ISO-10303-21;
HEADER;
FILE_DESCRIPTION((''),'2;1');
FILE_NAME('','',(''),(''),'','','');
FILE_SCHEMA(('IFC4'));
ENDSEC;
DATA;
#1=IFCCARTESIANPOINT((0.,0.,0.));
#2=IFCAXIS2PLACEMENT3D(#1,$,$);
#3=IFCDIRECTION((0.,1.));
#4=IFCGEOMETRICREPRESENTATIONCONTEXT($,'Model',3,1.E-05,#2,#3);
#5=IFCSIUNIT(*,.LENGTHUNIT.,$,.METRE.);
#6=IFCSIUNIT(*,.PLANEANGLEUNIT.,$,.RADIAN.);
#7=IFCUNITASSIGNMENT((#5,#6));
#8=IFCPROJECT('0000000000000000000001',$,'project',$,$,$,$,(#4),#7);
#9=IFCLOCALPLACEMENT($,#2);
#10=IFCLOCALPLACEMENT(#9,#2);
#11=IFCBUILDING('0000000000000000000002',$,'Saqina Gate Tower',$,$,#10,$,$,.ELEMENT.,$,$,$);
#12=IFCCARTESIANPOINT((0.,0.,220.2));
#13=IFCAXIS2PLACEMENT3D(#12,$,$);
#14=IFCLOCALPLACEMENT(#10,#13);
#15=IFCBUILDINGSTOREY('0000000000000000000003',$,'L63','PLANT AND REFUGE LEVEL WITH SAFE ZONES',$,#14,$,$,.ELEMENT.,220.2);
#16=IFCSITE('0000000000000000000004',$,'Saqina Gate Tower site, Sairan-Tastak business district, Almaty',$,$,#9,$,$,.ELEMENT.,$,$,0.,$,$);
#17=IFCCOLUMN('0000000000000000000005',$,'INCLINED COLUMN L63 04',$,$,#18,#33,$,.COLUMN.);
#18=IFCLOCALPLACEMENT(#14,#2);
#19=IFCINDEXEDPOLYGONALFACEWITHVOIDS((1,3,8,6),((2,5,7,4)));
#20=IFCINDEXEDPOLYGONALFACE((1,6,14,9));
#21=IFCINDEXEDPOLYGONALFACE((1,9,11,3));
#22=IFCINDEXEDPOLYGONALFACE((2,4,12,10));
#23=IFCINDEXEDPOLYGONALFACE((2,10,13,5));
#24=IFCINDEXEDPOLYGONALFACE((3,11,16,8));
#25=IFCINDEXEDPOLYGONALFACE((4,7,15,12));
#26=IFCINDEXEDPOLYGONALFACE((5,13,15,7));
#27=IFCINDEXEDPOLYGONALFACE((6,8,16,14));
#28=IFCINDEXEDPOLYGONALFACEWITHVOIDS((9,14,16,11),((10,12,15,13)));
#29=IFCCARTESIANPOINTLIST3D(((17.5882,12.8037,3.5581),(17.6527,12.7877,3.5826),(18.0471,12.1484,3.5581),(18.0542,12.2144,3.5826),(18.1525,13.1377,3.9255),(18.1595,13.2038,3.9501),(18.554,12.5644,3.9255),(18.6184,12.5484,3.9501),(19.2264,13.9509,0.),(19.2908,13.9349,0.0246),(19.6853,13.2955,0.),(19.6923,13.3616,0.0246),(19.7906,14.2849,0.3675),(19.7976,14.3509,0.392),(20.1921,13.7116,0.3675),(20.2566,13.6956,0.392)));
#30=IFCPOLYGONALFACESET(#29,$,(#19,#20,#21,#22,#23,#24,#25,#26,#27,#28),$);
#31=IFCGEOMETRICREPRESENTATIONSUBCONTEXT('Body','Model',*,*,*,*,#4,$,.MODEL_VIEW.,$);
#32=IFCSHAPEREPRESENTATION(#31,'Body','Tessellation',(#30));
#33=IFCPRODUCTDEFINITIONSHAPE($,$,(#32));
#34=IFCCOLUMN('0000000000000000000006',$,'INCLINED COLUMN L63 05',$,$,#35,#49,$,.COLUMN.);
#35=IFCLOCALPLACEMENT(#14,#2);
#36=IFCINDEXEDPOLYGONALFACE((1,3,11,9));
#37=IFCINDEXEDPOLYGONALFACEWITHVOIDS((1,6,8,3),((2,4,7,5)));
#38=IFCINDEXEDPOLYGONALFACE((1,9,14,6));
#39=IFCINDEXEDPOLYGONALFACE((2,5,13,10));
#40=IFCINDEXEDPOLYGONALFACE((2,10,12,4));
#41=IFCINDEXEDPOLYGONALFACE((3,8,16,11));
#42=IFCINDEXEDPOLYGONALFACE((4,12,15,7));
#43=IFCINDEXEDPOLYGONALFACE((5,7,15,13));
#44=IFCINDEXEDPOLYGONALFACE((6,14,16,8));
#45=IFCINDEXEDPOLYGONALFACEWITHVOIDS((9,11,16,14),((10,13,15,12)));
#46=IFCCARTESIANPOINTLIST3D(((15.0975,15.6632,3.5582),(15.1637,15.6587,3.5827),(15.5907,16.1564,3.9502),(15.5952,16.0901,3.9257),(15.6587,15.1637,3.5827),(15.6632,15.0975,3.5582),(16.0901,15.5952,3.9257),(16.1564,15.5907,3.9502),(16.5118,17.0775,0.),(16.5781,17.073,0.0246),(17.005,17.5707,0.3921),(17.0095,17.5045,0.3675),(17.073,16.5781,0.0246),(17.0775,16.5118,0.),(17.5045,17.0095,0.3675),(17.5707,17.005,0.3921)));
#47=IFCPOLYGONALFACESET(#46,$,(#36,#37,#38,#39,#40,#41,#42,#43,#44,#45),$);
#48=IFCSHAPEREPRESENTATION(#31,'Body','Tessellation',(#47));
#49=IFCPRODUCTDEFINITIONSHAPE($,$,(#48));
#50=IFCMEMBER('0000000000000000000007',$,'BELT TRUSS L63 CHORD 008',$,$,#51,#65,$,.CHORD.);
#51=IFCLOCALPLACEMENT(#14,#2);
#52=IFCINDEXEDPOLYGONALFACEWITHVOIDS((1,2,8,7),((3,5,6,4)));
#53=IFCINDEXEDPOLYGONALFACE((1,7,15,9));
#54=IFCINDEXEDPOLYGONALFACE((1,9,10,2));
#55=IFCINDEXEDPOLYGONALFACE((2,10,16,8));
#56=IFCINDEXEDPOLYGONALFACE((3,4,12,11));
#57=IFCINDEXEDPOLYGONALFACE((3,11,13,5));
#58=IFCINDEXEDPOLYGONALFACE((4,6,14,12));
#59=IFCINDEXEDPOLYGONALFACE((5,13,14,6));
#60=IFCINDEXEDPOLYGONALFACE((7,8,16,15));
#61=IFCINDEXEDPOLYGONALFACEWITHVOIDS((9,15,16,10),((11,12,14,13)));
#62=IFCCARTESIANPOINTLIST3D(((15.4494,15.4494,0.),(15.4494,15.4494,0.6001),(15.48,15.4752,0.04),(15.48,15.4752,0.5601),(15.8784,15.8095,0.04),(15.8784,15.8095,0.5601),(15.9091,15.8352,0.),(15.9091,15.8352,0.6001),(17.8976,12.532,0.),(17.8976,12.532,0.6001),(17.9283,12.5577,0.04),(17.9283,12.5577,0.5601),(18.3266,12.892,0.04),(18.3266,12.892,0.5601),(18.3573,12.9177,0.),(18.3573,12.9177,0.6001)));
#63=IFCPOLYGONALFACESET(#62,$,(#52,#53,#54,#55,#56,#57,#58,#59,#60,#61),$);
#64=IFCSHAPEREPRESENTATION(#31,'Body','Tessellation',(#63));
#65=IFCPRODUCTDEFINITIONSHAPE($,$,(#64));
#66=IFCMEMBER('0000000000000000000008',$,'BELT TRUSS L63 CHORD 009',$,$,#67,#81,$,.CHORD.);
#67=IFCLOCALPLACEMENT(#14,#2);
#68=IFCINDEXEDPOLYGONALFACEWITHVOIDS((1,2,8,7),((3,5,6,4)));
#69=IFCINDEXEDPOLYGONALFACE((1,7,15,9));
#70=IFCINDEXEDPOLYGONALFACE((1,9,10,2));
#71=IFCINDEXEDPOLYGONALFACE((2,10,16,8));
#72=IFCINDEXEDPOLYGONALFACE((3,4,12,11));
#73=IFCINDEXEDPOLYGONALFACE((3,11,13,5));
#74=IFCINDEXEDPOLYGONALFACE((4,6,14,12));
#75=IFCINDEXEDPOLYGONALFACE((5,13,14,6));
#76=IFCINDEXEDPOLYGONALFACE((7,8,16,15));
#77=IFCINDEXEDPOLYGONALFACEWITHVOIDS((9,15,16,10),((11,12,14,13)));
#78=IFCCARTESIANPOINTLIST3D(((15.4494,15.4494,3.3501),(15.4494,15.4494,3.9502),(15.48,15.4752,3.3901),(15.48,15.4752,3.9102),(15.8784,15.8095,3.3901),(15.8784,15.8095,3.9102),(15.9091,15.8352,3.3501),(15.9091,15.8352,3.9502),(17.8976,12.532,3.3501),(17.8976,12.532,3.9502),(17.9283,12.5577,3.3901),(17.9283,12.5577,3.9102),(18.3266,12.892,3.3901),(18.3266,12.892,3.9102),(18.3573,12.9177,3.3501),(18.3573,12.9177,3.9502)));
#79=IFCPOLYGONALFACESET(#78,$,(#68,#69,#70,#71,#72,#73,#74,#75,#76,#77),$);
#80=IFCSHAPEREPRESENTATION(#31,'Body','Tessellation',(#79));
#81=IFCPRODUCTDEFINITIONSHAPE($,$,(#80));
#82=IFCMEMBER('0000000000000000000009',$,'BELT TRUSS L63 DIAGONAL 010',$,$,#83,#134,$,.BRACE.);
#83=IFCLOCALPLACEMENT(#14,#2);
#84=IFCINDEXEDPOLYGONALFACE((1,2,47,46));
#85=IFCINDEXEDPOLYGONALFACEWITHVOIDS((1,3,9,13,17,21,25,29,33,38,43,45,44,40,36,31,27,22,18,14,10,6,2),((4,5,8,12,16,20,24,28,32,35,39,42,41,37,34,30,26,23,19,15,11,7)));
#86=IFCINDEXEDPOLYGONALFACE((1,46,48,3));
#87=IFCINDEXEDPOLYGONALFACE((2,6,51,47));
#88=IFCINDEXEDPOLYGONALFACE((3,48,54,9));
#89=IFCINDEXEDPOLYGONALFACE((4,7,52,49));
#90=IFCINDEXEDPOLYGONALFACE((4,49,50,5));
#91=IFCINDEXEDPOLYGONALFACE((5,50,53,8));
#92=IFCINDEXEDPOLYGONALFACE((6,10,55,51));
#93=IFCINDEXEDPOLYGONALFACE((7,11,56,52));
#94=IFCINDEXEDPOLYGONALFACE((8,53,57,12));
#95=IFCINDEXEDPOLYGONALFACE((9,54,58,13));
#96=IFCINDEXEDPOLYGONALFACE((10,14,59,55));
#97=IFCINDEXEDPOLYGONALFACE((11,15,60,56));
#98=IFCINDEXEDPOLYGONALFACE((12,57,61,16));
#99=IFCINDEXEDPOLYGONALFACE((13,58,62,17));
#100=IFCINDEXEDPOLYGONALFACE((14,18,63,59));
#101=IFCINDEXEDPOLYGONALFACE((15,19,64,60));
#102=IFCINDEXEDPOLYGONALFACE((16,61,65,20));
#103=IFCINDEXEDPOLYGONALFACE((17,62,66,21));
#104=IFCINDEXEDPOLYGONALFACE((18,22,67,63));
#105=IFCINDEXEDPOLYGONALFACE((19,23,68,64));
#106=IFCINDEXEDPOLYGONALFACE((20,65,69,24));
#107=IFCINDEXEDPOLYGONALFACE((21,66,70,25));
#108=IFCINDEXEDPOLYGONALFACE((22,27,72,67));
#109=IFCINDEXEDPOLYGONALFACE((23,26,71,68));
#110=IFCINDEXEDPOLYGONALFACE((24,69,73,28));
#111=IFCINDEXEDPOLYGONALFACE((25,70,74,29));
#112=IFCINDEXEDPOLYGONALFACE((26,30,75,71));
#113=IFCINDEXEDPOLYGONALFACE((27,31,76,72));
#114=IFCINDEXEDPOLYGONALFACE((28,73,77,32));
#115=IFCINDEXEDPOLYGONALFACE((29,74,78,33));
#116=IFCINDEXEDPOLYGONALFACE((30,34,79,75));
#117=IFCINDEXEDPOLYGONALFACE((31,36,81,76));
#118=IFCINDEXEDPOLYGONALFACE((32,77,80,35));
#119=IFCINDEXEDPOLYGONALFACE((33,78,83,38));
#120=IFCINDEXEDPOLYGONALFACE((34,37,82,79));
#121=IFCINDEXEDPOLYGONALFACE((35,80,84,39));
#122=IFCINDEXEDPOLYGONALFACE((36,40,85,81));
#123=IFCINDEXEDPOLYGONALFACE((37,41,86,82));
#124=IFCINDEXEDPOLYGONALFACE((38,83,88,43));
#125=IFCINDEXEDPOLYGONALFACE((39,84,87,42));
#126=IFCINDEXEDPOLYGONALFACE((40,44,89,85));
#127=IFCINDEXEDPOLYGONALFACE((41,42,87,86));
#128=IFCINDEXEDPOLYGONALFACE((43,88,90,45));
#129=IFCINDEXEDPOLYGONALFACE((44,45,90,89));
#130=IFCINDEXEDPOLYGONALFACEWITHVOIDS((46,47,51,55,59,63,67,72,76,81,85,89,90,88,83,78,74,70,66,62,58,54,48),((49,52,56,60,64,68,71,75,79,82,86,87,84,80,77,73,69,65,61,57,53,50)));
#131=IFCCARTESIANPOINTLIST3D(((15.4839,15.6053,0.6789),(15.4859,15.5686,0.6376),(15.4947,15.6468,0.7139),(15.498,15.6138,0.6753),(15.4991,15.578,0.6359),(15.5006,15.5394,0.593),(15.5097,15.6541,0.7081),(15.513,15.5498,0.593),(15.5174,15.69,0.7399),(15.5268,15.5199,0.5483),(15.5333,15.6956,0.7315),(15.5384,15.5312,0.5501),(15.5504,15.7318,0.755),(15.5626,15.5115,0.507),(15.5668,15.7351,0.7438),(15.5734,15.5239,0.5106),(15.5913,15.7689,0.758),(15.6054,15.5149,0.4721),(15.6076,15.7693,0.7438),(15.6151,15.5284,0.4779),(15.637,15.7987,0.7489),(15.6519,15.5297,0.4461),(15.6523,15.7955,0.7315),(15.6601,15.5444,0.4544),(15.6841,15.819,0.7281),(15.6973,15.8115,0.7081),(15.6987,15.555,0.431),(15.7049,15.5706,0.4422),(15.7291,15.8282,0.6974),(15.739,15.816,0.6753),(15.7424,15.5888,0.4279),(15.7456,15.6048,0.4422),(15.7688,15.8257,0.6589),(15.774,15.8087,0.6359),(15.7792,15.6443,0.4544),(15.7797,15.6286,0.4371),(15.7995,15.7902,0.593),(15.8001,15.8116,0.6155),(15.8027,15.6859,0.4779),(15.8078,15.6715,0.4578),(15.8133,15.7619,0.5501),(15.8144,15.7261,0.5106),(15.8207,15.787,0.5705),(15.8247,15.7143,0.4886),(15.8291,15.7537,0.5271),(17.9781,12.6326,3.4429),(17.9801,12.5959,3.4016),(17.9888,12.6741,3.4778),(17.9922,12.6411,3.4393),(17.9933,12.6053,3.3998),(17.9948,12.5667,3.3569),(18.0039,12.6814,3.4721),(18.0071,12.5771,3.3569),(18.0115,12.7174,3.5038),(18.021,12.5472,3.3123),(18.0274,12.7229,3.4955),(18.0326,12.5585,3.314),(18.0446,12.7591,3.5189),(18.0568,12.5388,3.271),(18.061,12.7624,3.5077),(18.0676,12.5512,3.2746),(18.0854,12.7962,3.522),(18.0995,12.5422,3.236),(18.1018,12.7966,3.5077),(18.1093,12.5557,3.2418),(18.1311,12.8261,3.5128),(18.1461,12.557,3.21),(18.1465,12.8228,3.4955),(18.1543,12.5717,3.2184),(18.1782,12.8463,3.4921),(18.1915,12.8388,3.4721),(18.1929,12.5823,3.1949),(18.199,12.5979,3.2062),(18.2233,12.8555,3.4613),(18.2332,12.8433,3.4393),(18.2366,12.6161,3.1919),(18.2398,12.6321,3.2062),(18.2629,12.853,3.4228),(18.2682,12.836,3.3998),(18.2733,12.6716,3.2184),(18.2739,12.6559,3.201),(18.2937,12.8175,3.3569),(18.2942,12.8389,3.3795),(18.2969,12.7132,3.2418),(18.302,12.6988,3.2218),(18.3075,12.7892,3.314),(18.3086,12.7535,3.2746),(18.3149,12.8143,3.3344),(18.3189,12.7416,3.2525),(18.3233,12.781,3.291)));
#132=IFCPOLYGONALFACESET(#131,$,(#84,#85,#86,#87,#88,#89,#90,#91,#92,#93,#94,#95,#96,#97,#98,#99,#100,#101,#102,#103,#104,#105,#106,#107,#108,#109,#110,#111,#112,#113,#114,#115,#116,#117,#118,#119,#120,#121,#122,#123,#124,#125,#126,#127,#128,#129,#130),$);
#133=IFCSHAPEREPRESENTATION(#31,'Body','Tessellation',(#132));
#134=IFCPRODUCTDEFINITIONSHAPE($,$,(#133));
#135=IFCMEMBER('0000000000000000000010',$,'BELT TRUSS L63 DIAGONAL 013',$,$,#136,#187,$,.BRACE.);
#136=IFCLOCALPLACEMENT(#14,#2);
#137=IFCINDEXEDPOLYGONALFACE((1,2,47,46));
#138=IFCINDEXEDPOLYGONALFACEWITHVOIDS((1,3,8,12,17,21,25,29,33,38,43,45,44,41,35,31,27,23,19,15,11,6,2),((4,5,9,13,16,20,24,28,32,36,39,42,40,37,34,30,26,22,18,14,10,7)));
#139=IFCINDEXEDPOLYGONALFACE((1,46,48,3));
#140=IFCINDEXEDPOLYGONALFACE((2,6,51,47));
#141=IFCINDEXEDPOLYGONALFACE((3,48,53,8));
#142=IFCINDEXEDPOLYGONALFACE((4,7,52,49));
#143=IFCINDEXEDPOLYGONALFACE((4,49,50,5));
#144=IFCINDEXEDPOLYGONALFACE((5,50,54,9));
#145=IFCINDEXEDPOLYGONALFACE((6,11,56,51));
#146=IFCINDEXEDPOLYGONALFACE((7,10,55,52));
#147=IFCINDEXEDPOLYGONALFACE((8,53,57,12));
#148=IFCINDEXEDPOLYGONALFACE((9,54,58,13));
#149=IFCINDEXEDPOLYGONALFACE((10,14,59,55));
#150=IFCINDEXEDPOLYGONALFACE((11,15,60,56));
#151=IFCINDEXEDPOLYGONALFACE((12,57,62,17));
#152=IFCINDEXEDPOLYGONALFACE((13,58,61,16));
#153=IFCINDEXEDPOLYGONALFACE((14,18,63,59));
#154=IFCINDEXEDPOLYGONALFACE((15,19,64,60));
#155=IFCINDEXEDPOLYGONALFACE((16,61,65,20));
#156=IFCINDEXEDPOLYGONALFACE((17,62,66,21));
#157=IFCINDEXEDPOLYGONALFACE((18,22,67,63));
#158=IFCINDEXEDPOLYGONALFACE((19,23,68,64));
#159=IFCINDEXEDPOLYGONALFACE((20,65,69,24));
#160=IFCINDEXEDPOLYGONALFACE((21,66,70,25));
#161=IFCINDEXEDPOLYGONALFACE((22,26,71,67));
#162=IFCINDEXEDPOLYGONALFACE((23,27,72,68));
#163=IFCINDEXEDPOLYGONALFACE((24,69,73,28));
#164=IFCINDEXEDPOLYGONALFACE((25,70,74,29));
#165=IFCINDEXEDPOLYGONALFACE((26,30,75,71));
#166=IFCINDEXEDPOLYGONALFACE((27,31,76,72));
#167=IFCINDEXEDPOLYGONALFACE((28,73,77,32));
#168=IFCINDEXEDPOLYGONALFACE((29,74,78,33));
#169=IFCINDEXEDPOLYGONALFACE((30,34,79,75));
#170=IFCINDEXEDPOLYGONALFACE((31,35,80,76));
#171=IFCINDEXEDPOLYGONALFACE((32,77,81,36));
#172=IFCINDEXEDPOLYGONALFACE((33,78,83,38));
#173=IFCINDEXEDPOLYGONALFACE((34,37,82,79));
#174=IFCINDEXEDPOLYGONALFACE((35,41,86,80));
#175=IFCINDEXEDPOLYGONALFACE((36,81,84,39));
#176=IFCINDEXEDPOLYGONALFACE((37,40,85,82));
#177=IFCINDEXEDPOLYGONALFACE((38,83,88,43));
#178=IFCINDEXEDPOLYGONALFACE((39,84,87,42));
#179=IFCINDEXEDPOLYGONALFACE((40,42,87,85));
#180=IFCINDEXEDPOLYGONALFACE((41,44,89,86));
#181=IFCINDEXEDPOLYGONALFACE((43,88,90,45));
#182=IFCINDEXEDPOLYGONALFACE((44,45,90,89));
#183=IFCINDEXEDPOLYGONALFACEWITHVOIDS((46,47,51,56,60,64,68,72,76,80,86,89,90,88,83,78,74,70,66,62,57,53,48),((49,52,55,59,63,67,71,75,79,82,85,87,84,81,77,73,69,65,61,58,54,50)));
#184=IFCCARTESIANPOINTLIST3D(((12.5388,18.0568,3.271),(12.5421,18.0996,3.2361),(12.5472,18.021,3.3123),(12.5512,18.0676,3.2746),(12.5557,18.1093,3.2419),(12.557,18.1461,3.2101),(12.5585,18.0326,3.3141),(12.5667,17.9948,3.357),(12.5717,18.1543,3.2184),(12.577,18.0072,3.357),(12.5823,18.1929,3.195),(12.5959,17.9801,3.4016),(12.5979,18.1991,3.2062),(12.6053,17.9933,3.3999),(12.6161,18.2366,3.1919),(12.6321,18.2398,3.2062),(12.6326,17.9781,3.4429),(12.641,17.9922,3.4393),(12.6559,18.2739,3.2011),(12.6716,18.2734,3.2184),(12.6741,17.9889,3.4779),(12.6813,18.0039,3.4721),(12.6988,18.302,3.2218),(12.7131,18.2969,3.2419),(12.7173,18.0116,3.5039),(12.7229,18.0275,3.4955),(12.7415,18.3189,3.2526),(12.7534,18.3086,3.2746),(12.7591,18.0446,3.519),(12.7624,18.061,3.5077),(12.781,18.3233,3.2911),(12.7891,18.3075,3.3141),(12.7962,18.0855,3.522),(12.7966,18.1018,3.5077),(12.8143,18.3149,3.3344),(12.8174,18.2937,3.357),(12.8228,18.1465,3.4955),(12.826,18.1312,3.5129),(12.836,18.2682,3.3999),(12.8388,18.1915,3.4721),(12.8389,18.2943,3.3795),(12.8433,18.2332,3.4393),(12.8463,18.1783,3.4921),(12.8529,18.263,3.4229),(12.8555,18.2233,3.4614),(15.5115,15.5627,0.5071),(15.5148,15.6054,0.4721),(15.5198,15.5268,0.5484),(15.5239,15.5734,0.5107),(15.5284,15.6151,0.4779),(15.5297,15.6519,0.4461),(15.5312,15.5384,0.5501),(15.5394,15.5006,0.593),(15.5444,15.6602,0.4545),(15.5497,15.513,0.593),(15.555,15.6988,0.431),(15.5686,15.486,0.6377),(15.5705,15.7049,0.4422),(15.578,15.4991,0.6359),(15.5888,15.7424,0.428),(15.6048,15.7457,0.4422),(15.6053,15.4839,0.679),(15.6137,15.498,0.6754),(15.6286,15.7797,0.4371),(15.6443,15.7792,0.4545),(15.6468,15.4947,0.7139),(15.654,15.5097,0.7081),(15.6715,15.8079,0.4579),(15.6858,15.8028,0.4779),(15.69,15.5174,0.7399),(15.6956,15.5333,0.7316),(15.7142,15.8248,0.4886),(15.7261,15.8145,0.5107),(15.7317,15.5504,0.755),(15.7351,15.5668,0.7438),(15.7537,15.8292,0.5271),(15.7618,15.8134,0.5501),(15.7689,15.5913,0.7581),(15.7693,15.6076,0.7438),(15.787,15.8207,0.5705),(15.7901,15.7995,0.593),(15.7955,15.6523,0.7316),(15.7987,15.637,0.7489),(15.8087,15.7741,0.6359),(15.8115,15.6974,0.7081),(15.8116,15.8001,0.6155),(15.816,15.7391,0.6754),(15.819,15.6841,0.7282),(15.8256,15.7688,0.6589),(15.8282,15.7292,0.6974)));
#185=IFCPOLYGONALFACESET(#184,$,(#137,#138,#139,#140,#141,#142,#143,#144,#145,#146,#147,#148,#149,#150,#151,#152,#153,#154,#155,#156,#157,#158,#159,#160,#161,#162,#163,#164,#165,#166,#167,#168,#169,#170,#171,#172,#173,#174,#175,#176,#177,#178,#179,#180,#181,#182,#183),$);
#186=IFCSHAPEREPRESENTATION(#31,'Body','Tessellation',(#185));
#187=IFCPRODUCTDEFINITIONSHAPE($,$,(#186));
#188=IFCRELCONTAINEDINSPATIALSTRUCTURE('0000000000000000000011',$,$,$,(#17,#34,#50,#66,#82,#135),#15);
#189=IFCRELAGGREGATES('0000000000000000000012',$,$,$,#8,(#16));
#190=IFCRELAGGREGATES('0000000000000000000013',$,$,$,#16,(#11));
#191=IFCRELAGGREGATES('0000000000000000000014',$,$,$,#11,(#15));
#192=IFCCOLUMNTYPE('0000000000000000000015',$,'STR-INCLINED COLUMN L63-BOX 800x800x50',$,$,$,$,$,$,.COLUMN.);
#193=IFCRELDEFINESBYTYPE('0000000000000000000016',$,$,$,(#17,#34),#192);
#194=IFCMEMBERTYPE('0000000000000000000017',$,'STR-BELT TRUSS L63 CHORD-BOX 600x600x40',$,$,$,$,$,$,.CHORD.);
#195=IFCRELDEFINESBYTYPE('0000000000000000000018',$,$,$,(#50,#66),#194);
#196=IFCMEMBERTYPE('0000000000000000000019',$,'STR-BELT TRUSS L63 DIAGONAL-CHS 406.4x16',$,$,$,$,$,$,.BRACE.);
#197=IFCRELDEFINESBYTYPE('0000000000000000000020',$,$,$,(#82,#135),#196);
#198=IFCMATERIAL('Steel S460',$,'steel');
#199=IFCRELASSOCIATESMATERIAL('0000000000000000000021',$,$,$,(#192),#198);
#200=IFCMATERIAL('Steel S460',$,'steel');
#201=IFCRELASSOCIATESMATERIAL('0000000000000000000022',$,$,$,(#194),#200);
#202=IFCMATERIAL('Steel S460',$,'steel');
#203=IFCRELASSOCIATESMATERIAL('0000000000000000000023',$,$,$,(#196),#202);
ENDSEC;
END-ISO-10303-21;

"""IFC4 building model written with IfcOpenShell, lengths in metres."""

from ifc_helpers import new_model, si_unit, direction, frame, origin, origin_2d, place, context, subcontext, project, spatial, hollow_rectangle, hollow_circle, extrude, material, material_profile, profile_set, type_object, element, save


model = new_model("IFC4")

# Units and contexts
model_context = context("Model", 3, precision=1e-05, world=origin(), true_north=direction((0.0, 1.0)))
body_context = subcontext(model_context, "Body", "Model", "MODEL_VIEW")
ifc_project = project(units=[si_unit("LENGTHUNIT", "METRE"), si_unit("PLANEANGLEUNIT", "RADIAN")], contexts=[model_context])

# Site, building, storey
site_placement = place(None, origin())
site = spatial("IfcSite", under=ifc_project, at=site_placement, Name="Saqina Gate Tower site, Sairan-Tastak business district, Almaty", CompositionType="ELEMENT", RefElevation=0.0)
building_placement = place(site_placement, origin())
building = spatial("IfcBuilding", under=site, at=building_placement, Name="Saqina Gate Tower", CompositionType="ELEMENT")
storey_placement = place(building_placement, frame((0.0, 0.0, 220.2)))
storey = spatial("IfcBuildingStorey", under=building, at=storey_placement, Name="L63", Description="PLANT AND REFUGE LEVEL WITH SAFE ZONES", CompositionType="ELEMENT", Elevation=220.2)

# Columns
ifc_material_1 = material(Name="Steel S460", Category="steel")
ifc_material_profile_1 = material_profile(ifc_material_1, hollow_rectangle(XDim=0.8, YDim=0.8, WallThickness=0.05, at=origin_2d()), Name="BOX 800x800x50")
ifc_profile_set_1 = profile_set([ifc_material_profile_1], Name="Steel S460")
column_type = type_object("IfcColumnType", Name="STR-INCLINED COLUMN L63-BOX 800x800x50", PredefinedType="COLUMN", material=ifc_profile_set_1)
column_1_placement = place(storey_placement, frame((19.7415, 13.8232, 0.196), z_axis=(-0.401353, -0.281067, 0.871732), x_axis=(0.573626, -0.819117, 0.0)))
element("IfcColumn", 1, at=column_1_placement, inside=storey, type_object=column_type, Name="INCLINED COLUMN L63 04", PredefinedType="COLUMN", context=body_context, shape_type="SweptSolid", body=[
    extrude(hollow_rectangle(XDim=0.8, YDim=0.8, WallThickness=0.05, at=origin_2d()), origin(), (0.0, 0.0, 1.0), 4.0815),
])
column_2_placement = place(storey_placement, frame((17.0413, 17.0413, 0.196), z_axis=(-0.346496, -0.346496, 0.871712), x_axis=(0.707107, -0.707107, 0.0)))
element("IfcColumn", 2, at=column_2_placement, inside=storey, type_object=column_type, Name="INCLINED COLUMN L63 05", PredefinedType="COLUMN", context=body_context, shape_type="SweptSolid", body=[
    extrude(hollow_rectangle(XDim=0.8, YDim=0.8, WallThickness=0.05, at=origin_2d()), origin(), (0.0, 0.0, 1.0), 4.0818),
])

# Members
ifc_material_2 = material(Name="Steel S460", Category="steel")
ifc_material_profile_2 = material_profile(ifc_material_2, hollow_rectangle(XDim=0.6001, YDim=0.6001, WallThickness=0.04, at=origin_2d()), Name="BOX 600x600x40")
ifc_profile_set_2 = profile_set([ifc_material_profile_2], Name="Steel S460")
member_type_1 = type_object("IfcMemberType", Name="STR-BELT TRUSS L63 CHORD-BOX 600x600x40", PredefinedType="CHORD", material=ifc_profile_set_2)
for number, where, z_axis, x_axis, name in (
    (3, (18.1274, 12.7249, 0.3), (-0.642816, 0.76602, 0.0), (-0.76602, -0.642816, 0.0), "BELT TRUSS L63 CHORD 008"),
    (4, (18.1274, 12.7249, 3.6501), (-0.642816, 0.76602, 0.0), (-0.76602, -0.642816, 0.0), "BELT TRUSS L63 CHORD 009"),
):
    element("IfcMember", number, at=place(storey_placement, frame(where, z_axis=z_axis, x_axis=x_axis)), inside=storey, type_object=member_type_1, Name=name, PredefinedType="CHORD", context=body_context, shape_type="SweptSolid", body=[
        extrude(hollow_rectangle(XDim=0.6001, YDim=0.6001, WallThickness=0.04, at=origin_2d()), origin(), (0.0, 0.0, 1.0), 3.8086),
    ])
ifc_material_3 = material(Name="Steel S460", Category="steel")
ifc_material_profile_3 = material_profile(ifc_material_3, hollow_circle(Radius=0.2031, WallThickness=0.0161, at=origin_2d()), Name="CHS 406.4x16")
ifc_profile_set_3 = profile_set([ifc_material_profile_3], Name="Steel S460")
member_type_2 = type_object("IfcMemberType", Name="STR-BELT TRUSS L63 DIAGONAL-CHS 406.4x16", PredefinedType="BRACE", material=ifc_profile_set_3)
for number, where, z_axis, x_axis, name in (
    (5, (18.1504, 12.6973, 3.3569), (-0.523528, 0.62397, -0.580155), (-0.766072, -0.642755, 0.0), "BELT TRUSS L63 DIAGONAL 010"),
    (6, (15.6699, 15.6562, 0.593), (-0.62397, 0.523528, 0.580155), (-0.642755, -0.766072, 0.0), "BELT TRUSS L63 DIAGONAL 013"),
):
    element("IfcMember", number, at=place(storey_placement, frame(where, z_axis=z_axis, x_axis=x_axis)), inside=storey, type_object=member_type_2, Name=name, PredefinedType="BRACE", context=body_context, shape_type="SweptSolid", body=[
        extrude(hollow_circle(Radius=0.2031, WallThickness=0.0161, at=origin_2d()), origin(), (0.0, 0.0, 1.0), 4.7642),
    ])

save(model, "model.ifc")
